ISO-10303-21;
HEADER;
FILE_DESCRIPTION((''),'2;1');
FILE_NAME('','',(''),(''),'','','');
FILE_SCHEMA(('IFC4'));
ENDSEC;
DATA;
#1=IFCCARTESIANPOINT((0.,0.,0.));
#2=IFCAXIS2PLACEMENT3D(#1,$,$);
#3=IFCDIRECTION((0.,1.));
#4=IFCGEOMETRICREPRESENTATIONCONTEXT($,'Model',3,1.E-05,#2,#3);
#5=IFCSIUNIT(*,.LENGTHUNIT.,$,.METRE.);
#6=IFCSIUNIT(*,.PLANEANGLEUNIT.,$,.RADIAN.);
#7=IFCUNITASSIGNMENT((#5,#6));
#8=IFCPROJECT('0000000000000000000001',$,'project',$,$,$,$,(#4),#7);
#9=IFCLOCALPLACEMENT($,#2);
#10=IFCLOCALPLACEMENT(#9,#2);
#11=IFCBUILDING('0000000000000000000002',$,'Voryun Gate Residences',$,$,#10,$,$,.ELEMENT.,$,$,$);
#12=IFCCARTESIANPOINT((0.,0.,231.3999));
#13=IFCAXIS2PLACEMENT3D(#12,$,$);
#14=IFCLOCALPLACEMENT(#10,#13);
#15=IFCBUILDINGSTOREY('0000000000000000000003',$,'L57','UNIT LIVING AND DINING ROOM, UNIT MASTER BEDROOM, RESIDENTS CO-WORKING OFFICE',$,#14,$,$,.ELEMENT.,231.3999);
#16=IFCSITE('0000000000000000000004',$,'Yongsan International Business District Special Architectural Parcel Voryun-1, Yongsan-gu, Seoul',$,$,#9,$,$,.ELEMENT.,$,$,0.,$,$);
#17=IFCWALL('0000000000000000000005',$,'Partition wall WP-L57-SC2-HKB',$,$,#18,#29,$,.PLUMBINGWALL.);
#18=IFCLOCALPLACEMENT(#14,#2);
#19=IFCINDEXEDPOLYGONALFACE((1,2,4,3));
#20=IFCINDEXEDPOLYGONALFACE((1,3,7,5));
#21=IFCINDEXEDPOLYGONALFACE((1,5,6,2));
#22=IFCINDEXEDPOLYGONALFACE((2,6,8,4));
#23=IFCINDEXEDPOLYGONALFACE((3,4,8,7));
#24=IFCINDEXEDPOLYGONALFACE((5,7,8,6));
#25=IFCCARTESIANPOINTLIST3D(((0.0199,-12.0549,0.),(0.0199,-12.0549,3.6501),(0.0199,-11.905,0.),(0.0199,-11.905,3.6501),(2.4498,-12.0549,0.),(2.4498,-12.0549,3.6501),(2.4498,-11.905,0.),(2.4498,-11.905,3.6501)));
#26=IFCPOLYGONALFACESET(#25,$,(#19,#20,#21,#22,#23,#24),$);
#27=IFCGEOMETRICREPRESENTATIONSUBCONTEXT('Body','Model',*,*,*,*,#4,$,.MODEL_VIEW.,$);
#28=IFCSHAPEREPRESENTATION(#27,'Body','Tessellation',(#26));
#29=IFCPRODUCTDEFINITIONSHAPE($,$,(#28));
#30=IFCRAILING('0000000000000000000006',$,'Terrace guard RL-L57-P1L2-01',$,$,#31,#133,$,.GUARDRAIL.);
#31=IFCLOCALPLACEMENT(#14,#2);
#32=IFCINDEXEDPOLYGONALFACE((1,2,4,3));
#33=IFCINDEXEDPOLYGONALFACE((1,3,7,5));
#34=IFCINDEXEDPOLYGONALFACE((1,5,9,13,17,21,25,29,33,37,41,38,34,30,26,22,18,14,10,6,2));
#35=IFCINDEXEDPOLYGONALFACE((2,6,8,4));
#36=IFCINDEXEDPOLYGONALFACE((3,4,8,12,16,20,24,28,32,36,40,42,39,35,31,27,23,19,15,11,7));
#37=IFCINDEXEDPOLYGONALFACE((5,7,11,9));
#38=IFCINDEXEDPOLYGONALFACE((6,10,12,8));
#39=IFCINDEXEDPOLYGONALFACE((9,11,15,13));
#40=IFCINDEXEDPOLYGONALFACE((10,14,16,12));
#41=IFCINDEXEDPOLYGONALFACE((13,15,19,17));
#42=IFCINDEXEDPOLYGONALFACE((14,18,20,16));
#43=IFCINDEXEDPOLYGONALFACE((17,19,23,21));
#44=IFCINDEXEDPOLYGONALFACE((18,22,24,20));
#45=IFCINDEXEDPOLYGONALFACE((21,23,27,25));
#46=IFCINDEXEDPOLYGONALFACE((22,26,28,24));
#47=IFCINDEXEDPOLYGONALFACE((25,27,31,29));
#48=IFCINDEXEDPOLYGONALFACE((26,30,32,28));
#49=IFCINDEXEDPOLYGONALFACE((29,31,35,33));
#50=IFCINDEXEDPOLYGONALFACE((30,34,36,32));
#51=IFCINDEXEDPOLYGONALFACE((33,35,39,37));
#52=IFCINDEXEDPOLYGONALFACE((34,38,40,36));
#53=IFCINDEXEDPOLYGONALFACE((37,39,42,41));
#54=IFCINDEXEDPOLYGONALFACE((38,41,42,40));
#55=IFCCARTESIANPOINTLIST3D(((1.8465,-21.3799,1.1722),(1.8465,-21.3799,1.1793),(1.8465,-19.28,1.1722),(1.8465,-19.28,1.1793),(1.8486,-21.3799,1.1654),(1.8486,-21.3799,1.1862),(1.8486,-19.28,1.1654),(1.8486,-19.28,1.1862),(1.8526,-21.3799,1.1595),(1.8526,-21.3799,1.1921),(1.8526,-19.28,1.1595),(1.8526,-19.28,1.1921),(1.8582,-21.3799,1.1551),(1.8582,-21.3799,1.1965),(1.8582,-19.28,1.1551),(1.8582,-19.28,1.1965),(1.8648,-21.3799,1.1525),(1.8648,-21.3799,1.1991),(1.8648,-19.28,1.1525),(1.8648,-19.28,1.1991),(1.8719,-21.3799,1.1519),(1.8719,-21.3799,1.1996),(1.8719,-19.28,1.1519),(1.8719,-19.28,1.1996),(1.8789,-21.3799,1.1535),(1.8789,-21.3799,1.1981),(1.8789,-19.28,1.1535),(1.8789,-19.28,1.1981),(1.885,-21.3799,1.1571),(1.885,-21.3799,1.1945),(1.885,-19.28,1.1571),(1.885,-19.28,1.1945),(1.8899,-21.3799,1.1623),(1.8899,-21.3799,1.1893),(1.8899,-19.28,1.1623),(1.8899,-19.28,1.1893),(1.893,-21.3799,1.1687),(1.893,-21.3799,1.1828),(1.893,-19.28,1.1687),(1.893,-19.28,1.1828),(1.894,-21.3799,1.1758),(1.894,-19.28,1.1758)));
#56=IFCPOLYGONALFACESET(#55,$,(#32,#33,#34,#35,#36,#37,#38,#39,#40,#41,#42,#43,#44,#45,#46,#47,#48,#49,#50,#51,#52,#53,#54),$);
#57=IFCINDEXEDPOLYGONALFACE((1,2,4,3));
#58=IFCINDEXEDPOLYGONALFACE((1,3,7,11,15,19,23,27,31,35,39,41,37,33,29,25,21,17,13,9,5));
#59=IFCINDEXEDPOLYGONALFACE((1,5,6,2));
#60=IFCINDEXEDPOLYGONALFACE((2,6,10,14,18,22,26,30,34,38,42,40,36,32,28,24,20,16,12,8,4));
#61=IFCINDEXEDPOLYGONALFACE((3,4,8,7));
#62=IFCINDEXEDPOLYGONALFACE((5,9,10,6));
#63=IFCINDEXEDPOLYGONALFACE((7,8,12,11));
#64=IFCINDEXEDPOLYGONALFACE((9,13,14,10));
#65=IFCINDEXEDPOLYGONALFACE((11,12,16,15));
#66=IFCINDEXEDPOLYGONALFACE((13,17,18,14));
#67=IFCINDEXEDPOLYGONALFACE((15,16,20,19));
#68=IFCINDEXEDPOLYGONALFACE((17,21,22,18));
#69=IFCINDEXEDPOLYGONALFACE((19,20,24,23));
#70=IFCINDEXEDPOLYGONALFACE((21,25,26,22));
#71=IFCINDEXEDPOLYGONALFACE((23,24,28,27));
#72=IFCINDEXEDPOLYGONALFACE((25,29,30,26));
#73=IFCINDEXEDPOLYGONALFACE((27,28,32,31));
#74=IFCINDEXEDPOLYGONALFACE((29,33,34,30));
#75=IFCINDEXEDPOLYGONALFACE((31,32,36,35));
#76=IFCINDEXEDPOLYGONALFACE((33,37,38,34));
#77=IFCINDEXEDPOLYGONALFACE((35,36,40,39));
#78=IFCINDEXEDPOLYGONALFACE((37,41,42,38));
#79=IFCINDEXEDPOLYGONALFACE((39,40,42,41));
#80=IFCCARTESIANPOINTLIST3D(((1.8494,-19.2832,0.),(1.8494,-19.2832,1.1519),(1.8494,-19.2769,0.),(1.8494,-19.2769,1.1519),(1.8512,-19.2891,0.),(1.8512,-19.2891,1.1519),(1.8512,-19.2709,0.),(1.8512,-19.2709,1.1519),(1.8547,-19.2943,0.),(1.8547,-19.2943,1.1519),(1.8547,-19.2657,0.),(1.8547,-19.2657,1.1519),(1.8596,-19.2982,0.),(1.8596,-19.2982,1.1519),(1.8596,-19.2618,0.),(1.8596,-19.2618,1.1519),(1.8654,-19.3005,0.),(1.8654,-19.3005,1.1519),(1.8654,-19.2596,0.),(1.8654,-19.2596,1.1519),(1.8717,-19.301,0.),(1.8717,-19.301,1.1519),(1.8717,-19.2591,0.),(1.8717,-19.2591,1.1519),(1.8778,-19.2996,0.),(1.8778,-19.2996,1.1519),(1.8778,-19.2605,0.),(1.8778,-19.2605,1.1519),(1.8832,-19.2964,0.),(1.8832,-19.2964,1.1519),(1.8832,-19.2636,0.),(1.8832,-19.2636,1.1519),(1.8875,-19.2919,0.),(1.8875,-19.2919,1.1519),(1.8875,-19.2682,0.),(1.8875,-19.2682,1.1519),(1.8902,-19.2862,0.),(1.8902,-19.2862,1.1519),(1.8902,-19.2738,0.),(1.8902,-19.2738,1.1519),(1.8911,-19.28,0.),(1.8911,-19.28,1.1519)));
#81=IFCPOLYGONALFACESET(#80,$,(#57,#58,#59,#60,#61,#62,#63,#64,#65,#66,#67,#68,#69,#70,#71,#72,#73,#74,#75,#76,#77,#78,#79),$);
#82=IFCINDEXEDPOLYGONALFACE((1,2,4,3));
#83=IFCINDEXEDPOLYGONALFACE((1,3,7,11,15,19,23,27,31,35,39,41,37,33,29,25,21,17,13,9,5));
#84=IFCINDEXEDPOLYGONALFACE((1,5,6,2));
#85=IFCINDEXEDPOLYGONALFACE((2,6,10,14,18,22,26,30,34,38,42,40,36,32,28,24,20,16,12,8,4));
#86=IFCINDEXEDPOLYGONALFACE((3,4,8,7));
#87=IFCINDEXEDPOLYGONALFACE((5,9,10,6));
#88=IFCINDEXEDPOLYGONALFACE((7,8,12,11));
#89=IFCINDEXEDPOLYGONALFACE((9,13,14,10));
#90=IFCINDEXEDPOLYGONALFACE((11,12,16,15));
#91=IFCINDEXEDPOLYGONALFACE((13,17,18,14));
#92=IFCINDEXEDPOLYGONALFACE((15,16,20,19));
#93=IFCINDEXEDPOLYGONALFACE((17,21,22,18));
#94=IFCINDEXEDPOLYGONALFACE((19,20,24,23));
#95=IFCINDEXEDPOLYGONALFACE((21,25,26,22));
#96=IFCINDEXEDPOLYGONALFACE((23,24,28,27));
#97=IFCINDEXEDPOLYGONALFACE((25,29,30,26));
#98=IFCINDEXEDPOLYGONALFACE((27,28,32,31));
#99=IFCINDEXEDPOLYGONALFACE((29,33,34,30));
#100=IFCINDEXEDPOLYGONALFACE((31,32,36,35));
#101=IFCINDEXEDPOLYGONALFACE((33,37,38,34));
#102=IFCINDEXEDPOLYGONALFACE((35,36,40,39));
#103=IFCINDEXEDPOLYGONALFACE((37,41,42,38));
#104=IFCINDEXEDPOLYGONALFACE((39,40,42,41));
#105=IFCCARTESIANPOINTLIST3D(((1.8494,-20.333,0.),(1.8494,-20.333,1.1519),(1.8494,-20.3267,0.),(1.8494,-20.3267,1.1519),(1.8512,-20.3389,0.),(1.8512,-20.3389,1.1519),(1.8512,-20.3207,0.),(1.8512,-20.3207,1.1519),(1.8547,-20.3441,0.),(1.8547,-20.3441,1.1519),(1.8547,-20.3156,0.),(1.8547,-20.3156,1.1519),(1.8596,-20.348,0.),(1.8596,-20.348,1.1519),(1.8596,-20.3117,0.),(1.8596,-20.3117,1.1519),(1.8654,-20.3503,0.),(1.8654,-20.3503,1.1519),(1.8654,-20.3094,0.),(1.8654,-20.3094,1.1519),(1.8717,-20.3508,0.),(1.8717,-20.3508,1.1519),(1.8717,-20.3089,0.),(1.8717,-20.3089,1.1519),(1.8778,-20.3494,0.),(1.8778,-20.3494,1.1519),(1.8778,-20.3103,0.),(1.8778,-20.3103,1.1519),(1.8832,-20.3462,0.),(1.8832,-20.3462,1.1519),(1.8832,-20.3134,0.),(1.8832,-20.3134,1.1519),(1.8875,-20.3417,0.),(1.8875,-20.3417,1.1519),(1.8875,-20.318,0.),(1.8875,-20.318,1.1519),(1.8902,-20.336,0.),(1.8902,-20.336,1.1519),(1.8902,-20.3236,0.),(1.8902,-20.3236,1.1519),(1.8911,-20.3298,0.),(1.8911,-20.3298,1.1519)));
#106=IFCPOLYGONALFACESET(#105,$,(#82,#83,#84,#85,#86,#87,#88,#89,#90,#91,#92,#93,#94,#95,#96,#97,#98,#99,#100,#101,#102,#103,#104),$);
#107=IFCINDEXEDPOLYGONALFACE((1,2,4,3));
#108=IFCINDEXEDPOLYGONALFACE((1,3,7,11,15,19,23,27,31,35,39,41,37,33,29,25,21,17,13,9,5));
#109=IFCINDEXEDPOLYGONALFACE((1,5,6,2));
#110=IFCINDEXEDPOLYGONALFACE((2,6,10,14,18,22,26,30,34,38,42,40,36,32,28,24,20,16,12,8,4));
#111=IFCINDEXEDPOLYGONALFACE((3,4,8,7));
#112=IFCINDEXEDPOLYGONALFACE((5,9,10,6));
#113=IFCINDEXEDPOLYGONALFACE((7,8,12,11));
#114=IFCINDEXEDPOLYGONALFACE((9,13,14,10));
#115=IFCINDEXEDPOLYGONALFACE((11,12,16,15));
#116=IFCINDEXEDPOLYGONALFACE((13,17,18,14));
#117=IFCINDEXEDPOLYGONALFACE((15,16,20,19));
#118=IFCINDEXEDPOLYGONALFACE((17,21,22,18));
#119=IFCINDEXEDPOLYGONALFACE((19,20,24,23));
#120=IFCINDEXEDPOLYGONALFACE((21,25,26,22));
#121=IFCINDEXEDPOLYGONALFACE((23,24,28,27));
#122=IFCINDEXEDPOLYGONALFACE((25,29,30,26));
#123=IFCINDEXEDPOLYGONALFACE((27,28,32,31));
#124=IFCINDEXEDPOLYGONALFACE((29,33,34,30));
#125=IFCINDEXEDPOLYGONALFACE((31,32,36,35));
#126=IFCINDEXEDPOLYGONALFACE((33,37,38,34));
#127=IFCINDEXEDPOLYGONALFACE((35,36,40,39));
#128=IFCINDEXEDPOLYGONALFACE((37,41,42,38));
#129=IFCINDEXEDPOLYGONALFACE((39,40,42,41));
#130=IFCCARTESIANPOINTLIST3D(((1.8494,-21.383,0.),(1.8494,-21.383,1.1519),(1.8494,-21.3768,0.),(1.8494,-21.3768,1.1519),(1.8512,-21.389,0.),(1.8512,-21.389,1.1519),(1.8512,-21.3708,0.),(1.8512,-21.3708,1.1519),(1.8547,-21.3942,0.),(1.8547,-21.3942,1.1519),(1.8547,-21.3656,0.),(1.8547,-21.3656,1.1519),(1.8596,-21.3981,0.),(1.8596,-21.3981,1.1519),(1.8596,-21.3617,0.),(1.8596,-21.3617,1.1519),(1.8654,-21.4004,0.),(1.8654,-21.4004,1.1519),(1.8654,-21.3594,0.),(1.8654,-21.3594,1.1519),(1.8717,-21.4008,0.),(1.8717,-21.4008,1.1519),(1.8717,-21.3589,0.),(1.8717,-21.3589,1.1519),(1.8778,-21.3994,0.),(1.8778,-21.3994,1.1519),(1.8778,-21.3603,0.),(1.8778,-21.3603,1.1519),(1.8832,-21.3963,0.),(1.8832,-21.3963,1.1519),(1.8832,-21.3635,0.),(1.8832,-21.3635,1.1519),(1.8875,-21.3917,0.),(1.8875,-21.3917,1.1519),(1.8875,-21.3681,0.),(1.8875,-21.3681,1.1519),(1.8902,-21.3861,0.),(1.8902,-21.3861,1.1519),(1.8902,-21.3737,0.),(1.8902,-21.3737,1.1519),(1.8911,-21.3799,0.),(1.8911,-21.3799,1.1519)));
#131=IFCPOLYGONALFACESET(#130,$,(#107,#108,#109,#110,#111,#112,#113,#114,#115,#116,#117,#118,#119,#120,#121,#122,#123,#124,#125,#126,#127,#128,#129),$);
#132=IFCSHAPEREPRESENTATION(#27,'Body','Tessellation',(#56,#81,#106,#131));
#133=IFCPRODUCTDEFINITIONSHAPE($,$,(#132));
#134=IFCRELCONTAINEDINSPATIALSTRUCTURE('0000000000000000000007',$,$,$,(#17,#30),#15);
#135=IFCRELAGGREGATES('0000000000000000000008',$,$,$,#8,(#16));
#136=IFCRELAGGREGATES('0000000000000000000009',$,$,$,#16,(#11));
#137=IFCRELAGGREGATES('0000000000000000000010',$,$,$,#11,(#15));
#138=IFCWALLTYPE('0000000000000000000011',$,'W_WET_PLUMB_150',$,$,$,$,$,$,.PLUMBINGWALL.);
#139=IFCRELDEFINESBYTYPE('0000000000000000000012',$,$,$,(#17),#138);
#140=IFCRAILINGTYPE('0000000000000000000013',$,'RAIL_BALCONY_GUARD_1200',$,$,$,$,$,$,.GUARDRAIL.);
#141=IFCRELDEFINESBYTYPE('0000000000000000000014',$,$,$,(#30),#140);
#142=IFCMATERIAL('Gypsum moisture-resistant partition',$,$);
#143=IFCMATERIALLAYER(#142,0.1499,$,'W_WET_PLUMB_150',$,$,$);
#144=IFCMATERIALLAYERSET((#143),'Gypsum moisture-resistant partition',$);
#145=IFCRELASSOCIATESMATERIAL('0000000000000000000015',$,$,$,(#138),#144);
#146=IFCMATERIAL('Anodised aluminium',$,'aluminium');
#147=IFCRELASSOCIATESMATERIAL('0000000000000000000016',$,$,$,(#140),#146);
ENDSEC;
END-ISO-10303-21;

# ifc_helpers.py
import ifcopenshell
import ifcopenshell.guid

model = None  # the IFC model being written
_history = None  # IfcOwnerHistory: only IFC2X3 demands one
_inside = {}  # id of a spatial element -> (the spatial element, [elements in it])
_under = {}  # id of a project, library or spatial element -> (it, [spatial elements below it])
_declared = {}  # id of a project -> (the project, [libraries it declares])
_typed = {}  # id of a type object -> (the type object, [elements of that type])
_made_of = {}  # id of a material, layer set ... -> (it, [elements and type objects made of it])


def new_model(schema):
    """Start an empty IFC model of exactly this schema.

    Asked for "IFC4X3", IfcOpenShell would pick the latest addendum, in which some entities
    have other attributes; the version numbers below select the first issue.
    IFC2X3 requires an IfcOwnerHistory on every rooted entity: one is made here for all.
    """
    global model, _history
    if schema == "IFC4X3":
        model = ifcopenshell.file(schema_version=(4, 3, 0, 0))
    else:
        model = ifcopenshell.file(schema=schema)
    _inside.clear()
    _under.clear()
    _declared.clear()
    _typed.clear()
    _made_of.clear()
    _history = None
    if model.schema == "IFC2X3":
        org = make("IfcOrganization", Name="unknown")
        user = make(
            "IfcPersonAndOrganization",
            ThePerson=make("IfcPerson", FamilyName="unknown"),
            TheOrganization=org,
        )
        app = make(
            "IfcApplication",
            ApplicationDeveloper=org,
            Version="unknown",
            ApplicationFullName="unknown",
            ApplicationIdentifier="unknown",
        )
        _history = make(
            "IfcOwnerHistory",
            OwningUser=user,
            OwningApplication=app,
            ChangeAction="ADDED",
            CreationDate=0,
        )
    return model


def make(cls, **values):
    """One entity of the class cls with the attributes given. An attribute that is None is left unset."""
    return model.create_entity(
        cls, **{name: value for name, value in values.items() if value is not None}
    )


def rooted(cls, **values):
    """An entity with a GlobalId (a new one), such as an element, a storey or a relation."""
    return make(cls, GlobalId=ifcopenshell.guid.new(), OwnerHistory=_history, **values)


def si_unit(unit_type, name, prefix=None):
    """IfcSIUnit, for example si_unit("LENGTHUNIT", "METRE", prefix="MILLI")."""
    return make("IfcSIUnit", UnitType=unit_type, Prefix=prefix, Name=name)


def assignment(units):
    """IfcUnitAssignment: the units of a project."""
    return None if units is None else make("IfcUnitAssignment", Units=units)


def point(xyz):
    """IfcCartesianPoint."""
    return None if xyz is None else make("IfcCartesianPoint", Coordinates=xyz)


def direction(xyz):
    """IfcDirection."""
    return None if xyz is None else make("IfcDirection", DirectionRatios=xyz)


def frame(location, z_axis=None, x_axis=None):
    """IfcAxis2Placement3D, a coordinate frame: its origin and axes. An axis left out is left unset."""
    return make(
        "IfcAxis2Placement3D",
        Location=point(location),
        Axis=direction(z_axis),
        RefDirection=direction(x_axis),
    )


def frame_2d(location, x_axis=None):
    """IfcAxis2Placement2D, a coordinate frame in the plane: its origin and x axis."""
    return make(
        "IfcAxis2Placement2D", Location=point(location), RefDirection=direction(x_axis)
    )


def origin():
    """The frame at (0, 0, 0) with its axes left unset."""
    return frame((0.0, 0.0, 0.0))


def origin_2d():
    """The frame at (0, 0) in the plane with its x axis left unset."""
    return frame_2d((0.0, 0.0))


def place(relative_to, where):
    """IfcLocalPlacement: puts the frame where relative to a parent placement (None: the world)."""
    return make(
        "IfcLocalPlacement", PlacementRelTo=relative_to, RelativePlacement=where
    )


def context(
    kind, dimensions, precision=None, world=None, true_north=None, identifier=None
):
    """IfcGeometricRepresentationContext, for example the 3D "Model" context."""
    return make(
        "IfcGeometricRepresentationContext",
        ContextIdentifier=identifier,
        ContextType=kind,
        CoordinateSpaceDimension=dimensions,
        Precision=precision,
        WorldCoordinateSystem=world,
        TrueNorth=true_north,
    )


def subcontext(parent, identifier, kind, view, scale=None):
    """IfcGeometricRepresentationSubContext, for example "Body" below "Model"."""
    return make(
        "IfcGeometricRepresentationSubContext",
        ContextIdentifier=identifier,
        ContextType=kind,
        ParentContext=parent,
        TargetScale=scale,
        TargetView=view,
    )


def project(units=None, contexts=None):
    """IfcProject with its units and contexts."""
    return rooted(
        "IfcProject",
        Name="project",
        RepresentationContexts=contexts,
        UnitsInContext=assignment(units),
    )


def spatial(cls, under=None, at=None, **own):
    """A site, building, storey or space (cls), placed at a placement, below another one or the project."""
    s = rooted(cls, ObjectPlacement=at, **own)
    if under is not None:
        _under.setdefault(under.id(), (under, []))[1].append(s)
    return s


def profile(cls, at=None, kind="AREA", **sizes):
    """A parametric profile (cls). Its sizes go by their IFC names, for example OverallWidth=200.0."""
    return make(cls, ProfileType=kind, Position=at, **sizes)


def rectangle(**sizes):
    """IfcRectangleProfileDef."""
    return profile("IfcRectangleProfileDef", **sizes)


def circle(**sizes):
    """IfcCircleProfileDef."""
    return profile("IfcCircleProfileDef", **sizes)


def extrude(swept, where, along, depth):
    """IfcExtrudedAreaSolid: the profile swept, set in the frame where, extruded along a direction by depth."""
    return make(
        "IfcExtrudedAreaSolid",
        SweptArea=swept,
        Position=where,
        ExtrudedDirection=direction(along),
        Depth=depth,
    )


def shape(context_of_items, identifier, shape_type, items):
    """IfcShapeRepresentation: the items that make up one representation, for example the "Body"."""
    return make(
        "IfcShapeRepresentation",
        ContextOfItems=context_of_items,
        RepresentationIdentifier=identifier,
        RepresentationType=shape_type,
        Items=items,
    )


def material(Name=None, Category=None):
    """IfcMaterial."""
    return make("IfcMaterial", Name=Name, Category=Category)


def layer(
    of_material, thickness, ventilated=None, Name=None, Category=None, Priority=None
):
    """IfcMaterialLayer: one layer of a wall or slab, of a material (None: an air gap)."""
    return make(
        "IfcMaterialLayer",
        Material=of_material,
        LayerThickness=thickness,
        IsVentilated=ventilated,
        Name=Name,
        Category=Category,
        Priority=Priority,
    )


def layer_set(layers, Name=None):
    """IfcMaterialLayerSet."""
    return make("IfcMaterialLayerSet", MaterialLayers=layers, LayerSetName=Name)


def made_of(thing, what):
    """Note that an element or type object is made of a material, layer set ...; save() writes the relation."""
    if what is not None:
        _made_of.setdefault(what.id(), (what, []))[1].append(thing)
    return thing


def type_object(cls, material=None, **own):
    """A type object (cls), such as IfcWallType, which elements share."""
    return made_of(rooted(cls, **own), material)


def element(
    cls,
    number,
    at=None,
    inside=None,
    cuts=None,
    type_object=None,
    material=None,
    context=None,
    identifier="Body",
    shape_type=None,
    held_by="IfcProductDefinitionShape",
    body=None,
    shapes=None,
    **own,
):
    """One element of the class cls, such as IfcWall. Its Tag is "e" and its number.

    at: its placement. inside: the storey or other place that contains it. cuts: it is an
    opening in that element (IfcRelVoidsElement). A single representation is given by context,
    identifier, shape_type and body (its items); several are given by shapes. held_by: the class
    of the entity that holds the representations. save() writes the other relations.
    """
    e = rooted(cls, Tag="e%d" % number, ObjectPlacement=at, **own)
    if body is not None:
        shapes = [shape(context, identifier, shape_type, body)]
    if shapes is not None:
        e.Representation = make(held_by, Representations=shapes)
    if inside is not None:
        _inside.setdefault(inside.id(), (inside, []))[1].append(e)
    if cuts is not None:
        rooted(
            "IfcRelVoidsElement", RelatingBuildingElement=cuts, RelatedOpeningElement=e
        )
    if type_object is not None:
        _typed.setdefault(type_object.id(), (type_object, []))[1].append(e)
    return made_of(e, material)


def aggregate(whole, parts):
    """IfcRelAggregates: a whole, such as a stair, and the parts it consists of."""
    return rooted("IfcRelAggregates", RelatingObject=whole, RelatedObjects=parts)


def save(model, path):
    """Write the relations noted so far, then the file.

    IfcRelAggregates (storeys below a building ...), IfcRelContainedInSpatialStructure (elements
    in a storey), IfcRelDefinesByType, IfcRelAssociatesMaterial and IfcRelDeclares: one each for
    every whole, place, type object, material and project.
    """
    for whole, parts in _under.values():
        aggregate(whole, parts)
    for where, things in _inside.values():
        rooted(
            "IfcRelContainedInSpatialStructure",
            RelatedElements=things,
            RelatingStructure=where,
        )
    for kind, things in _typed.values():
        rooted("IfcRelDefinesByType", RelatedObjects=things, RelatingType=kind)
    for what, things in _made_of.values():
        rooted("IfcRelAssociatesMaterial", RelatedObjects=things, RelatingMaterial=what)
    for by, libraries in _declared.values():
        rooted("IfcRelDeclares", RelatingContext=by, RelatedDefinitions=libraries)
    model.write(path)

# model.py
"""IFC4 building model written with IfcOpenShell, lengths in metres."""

from ifc_helpers import new_model, si_unit, direction, frame, frame_2d, origin, origin_2d, place, context, subcontext, project, spatial, rectangle, circle, extrude, material, layer, layer_set, type_object, element, save


model = new_model("IFC4")

# Units and contexts
model_context = context("Model", 3, precision=1e-05, world=origin(), true_north=direction((0.0, 1.0)))
body_context = subcontext(model_context, "Body", "Model", "MODEL_VIEW")
ifc_project = project(units=[si_unit("LENGTHUNIT", "METRE"), si_unit("PLANEANGLEUNIT", "RADIAN")], contexts=[model_context])

# Site, building, storey
site_placement = place(None, origin())
site = spatial("IfcSite", under=ifc_project, at=site_placement, Name="Yongsan International Business District Special Architectural Parcel Voryun-1, Yongsan-gu, Seoul", CompositionType="ELEMENT", RefElevation=0.0)
building_placement = place(site_placement, origin())
building = spatial("IfcBuilding", under=site, at=building_placement, Name="Voryun Gate Residences", CompositionType="ELEMENT")
storey_placement = place(building_placement, frame((0.0, 0.0, 231.3999)))
storey = spatial("IfcBuildingStorey", under=building, at=storey_placement, Name="L57", Description="UNIT LIVING AND DINING ROOM, UNIT MASTER BEDROOM, RESIDENTS CO-WORKING OFFICE", CompositionType="ELEMENT", Elevation=231.3999)

# Shared definitions
ifc_material_1 = material(Name="Gypsum moisture-resistant partition")
ifc_layer_1 = layer(ifc_material_1, 0.1499, Name="W_WET_PLUMB_150")
ifc_layer_set_1 = layer_set([ifc_layer_1], Name="Gypsum moisture-resistant partition")
wall_type_1 = type_object("IfcWallType", Name="W_WET_PLUMB_150", PredefinedType="PLUMBINGWALL", material=ifc_layer_set_1)

# Wall
wall_1_placement = place(storey_placement, frame((0.02, -11.98, 0.0), z_axis=(0.0, 0.0, 1.0), x_axis=(1.0, 0.0, 0.0)))
element("IfcWall", 1, at=wall_1_placement, inside=storey, type_object=wall_type_1, Name="Partition wall WP-L57-SC2-HKB", PredefinedType="PLUMBINGWALL", context=body_context, shape_type="SweptSolid", body=[
    extrude(rectangle(XDim=2.4299, YDim=0.1499, at=frame_2d((1.2148, 0.0))), origin(), (0.0, 0.0, 1.0), 3.6501),
])

# Railing
ifc_material_2 = material(Name="Anodised aluminium", Category="aluminium")
railing_type = type_object("IfcRailingType", Name="RAIL_BALCONY_GUARD_1200", PredefinedType="GUARDRAIL", material=ifc_material_2)
railing_1_placement = place(storey_placement, frame((1.8701, -19.28, 0.0)))
element("IfcRailing", 2, at=railing_1_placement, inside=storey, type_object=railing_type, Name="Terrace guard RL-L57-P1L2-01", PredefinedType="GUARDRAIL", context=body_context, shape_type="SweptSolid", body=[
    extrude(circle(Radius=0.0239, at=origin_2d()), frame((0.0, 0.0, 1.1758), z_axis=(0.0, -1.0, 0.0), x_axis=(1.0, 0.0, 0.0)), (0.0, 0.0, 1.0), 2.0999),
    extrude(circle(Radius=0.021, at=origin_2d()), origin(), (0.0, 0.0, 1.0), 1.1519),
    extrude(circle(Radius=0.021, at=origin_2d()), frame((0.0, -1.0498, 0.0)), (0.0, 0.0, 1.0), 1.1519),
    extrude(circle(Radius=0.021, at=origin_2d()), frame((0.0, -2.0999, 0.0)), (0.0, 0.0, 1.0), 1.1519),
])

save(model, "model.ifc")
